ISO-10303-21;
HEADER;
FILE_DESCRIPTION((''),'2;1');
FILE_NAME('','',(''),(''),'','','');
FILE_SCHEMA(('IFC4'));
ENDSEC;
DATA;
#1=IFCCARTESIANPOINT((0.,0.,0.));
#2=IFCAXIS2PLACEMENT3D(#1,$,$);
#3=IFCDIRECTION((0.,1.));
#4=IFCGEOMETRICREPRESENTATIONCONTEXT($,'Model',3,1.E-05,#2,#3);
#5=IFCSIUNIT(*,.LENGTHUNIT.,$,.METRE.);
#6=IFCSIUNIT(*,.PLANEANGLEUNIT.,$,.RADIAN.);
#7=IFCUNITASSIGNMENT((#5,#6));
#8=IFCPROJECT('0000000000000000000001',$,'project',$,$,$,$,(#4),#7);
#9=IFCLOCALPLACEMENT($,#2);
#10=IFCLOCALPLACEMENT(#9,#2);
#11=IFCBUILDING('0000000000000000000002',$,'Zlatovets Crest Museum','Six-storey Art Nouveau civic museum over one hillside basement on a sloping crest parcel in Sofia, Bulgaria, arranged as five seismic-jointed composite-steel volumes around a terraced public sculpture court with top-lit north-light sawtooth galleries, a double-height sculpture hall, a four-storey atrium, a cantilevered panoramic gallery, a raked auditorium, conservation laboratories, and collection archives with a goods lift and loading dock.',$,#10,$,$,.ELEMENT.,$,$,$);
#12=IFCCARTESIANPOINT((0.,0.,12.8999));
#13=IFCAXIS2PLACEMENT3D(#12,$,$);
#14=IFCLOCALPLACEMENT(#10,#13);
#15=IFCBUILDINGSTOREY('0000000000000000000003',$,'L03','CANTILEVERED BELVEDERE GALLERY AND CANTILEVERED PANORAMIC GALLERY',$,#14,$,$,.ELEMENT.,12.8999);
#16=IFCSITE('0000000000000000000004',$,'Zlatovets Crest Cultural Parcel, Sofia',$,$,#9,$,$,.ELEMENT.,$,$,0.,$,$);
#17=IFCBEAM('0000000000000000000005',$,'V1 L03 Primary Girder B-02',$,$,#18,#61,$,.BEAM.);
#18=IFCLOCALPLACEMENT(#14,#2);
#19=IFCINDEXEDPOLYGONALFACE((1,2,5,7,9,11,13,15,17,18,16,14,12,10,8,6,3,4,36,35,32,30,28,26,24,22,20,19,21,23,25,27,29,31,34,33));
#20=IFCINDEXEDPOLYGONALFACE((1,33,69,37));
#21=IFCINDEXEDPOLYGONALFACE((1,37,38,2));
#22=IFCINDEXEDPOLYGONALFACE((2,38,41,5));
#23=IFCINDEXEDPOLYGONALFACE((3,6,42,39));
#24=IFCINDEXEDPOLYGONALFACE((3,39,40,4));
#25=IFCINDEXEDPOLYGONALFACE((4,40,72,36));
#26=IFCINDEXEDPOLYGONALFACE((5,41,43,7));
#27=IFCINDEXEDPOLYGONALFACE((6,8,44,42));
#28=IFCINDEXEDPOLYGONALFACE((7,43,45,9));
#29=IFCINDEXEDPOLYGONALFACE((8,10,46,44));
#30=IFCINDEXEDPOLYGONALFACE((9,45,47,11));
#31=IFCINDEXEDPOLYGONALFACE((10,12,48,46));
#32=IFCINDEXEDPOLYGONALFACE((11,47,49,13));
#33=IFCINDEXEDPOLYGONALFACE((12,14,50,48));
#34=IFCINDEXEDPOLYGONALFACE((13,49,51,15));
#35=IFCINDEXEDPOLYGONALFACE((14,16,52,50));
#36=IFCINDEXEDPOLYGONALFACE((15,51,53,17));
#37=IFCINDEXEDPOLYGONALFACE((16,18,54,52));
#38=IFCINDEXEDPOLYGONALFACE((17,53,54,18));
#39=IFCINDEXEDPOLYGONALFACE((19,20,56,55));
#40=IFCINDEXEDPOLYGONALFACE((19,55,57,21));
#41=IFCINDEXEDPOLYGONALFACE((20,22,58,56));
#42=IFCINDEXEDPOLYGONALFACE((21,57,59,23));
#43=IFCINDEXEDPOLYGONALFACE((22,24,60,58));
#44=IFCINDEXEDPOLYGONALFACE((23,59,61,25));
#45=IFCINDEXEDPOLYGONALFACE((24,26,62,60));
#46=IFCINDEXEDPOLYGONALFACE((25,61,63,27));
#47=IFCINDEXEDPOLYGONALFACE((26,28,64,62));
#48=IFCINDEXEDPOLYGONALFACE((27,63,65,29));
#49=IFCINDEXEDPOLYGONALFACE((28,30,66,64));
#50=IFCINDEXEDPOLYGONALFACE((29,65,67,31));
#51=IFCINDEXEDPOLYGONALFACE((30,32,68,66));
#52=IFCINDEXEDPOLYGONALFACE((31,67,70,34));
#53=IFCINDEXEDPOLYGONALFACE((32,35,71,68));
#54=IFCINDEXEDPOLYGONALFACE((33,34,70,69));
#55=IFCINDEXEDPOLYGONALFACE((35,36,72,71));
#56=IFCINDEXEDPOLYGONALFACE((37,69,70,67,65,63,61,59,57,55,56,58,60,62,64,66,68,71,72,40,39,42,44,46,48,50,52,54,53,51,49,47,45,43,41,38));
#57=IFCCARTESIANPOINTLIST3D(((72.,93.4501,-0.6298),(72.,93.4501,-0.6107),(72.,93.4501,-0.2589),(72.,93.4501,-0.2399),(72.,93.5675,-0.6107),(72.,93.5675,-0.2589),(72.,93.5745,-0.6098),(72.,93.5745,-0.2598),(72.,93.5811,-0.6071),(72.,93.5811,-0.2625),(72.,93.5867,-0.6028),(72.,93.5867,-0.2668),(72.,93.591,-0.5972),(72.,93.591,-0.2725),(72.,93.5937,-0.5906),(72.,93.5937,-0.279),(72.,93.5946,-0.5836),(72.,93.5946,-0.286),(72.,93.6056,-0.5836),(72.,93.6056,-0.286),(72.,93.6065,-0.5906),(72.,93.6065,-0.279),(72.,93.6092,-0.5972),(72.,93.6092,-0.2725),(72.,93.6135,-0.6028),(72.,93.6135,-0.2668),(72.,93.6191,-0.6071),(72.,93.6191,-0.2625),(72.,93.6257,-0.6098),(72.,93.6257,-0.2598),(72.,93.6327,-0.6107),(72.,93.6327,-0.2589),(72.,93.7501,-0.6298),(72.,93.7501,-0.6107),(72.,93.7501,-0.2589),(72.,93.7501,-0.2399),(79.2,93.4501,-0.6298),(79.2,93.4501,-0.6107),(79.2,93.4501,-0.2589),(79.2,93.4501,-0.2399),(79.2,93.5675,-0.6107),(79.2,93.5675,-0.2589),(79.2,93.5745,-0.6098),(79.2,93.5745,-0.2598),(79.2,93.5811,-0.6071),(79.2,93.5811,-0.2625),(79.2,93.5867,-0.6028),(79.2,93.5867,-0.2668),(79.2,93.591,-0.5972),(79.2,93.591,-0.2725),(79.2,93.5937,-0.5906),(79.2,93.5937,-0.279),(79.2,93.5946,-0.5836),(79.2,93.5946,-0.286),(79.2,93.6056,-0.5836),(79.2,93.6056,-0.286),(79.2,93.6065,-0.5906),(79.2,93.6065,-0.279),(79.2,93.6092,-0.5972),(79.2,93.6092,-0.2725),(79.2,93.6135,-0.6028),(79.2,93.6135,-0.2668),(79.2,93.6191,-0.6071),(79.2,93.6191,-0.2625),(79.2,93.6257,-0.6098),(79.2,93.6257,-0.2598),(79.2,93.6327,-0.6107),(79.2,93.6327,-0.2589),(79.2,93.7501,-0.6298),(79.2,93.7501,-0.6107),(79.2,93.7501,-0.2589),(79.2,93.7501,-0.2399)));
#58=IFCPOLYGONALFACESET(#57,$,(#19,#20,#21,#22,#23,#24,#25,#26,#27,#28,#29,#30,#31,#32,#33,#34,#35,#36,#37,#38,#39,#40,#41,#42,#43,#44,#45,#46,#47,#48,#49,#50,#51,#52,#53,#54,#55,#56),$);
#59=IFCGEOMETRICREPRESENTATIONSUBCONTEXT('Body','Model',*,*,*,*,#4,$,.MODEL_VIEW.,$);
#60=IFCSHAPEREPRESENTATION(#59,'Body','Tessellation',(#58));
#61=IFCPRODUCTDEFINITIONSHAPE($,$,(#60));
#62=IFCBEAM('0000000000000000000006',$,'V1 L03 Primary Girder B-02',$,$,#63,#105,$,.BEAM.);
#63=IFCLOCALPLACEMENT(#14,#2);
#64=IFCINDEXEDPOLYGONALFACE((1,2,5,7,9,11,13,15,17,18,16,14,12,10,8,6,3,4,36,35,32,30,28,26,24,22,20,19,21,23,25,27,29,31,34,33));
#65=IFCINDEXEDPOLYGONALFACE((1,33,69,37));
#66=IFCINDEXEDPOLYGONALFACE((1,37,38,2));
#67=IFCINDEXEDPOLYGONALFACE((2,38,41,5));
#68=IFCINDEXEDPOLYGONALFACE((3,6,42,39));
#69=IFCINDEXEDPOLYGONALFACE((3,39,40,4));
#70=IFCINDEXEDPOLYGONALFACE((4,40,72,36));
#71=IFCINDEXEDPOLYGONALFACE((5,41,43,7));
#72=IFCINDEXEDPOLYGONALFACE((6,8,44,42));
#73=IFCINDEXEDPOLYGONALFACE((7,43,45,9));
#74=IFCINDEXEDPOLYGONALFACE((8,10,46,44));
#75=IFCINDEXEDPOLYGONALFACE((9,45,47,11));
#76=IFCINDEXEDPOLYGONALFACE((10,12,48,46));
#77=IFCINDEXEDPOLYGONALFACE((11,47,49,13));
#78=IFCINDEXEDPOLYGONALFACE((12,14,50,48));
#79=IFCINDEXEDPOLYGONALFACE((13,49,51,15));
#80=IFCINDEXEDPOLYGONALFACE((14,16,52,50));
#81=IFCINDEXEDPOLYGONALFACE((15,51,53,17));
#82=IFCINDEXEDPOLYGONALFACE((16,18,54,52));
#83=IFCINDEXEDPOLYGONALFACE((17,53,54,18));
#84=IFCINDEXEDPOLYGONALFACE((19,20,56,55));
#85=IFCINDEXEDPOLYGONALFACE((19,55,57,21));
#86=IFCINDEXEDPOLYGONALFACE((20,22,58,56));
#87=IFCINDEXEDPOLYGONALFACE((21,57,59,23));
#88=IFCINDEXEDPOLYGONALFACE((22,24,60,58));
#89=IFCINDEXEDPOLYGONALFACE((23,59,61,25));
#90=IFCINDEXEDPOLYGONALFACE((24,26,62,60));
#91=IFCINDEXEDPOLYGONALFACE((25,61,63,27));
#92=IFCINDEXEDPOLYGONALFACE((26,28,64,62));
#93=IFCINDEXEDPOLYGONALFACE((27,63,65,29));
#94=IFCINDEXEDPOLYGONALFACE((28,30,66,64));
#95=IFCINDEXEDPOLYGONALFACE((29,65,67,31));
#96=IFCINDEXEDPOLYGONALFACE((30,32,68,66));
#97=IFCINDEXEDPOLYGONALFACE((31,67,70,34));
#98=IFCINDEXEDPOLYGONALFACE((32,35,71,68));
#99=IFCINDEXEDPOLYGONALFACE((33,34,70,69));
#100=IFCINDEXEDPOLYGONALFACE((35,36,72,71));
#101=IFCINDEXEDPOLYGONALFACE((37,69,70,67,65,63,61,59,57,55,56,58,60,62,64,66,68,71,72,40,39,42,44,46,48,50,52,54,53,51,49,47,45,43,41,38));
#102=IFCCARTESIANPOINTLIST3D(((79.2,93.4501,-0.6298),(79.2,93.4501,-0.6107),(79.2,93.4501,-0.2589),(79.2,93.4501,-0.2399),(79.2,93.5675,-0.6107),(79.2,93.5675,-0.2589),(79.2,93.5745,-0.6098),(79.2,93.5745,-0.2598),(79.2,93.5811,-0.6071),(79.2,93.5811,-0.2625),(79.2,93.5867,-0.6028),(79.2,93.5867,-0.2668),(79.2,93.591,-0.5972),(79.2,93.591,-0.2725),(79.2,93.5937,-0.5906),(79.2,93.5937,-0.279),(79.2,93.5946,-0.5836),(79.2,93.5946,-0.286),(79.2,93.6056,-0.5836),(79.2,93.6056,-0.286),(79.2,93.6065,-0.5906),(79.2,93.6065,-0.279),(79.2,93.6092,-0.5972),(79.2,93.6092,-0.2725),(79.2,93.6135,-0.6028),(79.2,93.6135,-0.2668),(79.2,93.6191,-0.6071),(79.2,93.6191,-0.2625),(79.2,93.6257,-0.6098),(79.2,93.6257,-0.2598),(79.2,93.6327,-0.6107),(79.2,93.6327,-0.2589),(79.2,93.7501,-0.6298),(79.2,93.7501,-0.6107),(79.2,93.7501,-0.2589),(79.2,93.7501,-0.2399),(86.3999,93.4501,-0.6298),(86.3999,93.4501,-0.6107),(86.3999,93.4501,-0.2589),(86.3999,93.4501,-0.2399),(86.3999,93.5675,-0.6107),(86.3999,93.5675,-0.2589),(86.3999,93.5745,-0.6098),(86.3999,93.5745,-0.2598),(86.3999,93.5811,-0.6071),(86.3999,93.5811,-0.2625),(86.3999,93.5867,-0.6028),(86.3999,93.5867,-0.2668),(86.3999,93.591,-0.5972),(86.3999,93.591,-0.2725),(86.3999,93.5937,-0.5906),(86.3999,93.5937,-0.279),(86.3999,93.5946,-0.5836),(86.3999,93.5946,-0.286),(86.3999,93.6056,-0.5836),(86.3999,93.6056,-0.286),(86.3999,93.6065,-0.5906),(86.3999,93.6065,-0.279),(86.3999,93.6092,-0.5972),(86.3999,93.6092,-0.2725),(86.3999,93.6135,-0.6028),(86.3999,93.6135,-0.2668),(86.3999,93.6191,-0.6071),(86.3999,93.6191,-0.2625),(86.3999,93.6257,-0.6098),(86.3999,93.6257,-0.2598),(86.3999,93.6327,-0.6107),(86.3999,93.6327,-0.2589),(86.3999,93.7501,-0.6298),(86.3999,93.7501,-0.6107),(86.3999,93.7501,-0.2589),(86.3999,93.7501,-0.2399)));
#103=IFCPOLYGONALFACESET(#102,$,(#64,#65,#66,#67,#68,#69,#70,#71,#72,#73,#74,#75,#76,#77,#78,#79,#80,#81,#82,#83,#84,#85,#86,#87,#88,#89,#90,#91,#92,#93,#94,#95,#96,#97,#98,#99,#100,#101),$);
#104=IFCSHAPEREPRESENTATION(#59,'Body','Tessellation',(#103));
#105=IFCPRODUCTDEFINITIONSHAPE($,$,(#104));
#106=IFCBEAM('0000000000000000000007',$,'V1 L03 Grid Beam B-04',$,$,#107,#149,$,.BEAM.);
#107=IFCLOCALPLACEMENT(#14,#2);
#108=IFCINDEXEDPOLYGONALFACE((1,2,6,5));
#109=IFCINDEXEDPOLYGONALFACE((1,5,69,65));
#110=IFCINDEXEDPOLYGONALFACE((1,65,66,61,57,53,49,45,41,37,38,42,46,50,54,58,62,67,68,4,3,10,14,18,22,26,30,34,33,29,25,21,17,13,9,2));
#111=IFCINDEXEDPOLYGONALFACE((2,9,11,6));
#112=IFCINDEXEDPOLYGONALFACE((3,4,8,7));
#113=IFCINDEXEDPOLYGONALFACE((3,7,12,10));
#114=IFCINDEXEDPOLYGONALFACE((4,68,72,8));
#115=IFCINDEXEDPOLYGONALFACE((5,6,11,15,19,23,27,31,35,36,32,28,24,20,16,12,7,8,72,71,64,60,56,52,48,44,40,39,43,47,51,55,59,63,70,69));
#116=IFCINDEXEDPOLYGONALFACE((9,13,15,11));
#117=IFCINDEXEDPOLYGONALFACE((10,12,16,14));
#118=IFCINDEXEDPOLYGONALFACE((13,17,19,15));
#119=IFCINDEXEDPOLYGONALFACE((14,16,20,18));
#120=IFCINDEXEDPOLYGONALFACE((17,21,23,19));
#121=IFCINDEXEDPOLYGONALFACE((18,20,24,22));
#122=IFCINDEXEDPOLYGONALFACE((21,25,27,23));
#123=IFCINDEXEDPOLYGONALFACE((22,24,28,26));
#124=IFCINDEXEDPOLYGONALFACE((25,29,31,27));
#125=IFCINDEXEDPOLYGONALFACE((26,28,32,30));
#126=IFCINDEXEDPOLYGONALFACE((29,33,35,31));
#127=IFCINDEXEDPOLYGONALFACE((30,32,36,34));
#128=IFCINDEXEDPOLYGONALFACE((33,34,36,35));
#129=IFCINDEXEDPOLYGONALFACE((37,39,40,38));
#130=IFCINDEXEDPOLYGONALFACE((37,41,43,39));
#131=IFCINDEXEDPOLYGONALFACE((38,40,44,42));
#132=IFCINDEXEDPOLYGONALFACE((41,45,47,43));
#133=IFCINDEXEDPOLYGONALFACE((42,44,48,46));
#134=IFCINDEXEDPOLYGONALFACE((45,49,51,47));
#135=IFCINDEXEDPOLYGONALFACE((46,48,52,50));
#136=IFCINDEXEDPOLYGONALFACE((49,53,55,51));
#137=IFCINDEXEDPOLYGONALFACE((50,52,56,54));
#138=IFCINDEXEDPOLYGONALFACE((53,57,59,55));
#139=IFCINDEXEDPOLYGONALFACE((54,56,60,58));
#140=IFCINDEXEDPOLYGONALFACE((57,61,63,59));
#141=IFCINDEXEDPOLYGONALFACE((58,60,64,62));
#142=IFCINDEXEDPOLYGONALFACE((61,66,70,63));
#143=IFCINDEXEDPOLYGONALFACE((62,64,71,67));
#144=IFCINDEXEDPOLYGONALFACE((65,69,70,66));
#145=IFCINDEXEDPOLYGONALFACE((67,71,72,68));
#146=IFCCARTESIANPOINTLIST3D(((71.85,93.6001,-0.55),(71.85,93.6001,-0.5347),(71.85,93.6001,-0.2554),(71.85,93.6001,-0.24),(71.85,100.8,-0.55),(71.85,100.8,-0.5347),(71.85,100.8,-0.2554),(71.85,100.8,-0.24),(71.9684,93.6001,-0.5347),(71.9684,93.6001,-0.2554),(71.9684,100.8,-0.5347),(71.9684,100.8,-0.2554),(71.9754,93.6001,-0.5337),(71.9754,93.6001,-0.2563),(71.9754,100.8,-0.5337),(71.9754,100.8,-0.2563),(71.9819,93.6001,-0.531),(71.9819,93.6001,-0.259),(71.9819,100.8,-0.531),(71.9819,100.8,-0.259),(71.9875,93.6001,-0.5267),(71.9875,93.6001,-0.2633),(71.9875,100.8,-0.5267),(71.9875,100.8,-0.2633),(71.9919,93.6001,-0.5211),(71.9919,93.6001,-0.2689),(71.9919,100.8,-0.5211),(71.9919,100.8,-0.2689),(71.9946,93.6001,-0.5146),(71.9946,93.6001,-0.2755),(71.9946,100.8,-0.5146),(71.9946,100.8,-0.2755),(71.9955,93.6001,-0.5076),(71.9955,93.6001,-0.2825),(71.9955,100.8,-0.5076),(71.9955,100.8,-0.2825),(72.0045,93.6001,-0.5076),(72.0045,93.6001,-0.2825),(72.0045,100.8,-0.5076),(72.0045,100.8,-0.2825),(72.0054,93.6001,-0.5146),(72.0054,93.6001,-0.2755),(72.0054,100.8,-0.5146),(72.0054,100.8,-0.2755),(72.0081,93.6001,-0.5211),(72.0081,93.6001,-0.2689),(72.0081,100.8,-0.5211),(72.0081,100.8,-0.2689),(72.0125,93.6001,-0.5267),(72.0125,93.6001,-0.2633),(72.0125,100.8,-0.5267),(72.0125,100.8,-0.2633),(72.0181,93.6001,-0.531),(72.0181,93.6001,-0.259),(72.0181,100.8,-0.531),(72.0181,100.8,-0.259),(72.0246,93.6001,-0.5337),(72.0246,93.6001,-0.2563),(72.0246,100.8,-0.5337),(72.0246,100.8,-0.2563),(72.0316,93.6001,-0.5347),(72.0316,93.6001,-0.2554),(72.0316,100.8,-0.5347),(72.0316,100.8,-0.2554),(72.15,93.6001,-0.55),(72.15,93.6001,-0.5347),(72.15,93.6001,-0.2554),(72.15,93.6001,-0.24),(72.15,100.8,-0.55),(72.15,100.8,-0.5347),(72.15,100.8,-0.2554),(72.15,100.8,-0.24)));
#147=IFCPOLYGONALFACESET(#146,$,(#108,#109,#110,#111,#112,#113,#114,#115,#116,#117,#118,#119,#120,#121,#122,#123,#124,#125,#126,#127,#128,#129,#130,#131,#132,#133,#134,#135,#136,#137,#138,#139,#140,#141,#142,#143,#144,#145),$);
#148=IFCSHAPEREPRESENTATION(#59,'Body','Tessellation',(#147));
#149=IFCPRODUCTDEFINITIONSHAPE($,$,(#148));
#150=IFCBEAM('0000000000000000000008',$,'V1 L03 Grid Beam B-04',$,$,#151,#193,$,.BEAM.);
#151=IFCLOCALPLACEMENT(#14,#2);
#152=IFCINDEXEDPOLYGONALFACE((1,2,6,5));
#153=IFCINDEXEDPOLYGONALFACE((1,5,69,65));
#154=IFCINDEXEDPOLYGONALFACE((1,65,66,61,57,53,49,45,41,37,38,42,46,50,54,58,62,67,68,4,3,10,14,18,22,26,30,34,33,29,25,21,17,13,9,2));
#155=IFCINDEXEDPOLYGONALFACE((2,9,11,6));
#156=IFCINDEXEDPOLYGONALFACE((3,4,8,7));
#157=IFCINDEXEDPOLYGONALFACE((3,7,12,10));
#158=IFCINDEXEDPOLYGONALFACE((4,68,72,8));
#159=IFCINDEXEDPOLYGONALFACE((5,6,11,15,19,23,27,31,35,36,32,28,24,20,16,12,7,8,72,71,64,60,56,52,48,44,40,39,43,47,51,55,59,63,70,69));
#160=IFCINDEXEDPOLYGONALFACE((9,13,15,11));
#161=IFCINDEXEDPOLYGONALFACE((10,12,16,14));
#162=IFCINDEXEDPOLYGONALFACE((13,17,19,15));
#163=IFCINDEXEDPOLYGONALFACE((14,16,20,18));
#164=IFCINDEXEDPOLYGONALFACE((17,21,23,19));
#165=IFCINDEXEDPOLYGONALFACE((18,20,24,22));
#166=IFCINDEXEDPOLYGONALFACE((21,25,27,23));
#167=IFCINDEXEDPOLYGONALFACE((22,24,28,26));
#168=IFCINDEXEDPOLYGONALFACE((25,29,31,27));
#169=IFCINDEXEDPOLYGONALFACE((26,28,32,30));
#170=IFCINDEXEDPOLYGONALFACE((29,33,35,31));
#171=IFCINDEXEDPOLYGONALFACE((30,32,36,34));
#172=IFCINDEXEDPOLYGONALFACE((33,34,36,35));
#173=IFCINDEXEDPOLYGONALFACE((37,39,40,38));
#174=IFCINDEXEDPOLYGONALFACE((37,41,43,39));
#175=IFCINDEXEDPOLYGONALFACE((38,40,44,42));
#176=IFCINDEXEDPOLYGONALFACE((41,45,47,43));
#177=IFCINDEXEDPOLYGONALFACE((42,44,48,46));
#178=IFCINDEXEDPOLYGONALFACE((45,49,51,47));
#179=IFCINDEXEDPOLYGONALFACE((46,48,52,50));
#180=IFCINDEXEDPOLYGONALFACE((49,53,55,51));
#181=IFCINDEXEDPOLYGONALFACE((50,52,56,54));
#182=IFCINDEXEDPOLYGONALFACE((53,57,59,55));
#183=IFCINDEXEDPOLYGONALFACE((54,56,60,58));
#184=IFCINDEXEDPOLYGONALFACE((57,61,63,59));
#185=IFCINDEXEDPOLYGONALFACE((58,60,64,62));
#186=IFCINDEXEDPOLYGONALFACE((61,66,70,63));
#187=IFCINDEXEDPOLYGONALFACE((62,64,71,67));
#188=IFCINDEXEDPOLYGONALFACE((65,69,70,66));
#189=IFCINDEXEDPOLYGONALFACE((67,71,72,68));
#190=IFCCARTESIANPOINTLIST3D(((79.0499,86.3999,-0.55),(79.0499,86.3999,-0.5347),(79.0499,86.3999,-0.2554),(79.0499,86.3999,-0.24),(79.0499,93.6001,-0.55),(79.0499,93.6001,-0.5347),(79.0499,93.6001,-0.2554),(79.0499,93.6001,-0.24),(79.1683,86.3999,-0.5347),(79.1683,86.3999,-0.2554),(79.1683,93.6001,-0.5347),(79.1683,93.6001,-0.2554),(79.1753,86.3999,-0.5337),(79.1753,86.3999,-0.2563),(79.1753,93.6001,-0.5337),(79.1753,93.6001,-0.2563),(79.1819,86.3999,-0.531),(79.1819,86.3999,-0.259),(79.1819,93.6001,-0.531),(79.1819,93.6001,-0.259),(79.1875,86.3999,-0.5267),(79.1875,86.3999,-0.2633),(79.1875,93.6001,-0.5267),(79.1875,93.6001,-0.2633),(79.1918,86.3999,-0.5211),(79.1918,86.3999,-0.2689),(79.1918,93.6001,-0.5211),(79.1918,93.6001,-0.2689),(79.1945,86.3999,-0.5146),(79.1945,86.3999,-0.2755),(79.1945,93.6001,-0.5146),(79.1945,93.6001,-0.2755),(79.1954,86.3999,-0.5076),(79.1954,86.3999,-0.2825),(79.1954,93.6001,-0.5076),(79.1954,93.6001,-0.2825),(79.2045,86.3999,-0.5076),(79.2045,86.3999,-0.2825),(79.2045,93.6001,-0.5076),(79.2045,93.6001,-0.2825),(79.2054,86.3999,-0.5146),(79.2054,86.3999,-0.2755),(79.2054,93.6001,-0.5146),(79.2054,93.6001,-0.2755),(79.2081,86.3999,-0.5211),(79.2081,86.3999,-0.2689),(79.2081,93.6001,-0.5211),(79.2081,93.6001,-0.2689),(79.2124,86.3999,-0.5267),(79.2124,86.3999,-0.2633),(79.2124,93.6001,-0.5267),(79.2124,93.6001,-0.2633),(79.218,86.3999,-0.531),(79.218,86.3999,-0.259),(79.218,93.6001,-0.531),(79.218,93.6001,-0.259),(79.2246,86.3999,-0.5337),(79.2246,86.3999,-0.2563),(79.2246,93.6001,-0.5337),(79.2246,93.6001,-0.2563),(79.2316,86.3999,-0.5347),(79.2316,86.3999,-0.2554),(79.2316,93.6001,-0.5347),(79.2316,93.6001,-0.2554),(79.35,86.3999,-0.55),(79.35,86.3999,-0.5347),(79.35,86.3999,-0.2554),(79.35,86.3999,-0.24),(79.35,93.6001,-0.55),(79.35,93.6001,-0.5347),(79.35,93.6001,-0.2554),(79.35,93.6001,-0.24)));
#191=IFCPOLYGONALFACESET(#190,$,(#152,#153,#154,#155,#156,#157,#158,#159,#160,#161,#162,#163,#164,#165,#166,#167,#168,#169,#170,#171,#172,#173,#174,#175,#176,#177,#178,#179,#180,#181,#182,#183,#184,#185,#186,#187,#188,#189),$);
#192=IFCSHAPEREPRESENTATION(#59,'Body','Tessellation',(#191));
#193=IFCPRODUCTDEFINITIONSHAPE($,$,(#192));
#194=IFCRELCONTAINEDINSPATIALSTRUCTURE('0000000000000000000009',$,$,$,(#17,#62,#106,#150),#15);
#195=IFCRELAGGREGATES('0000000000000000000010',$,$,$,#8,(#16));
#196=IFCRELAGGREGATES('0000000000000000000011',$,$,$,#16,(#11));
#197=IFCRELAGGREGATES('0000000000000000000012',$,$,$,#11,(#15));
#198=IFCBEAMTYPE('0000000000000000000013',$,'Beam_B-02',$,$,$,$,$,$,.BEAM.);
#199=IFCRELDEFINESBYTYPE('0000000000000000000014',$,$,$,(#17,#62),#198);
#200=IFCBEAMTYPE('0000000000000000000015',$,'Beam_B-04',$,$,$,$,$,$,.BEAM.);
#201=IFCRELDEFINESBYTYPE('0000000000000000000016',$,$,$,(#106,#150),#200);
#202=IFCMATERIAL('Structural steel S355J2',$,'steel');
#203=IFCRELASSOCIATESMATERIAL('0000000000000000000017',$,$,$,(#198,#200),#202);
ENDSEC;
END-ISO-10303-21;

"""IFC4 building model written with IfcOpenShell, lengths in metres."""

from ifc_helpers import new_model, si_unit, direction, frame, origin, origin_2d, place, context, subcontext, project, spatial, i_section, extrude, material, material_profile, profile_set, type_object, element, save


model = new_model("IFC4")

# Units and contexts
model_context = context("Model", 3, precision=1e-05, world=origin(), true_north=direction((0.0, 1.0)))
body_context = subcontext(model_context, "Body", "Model", "MODEL_VIEW")
ifc_project = project(units=[si_unit("LENGTHUNIT", "METRE"), si_unit("PLANEANGLEUNIT", "RADIAN")], contexts=[model_context])

# Site, building, storey
site_placement = place(None, origin())
site = spatial("IfcSite", under=ifc_project, at=site_placement, Name="Zlatovets Crest Cultural Parcel, Sofia", CompositionType="ELEMENT", RefElevation=0.0)
building_placement = place(site_placement, origin())
building = spatial("IfcBuilding", under=site, at=building_placement, Name="Zlatovets Crest Museum", Description="Six-storey Art Nouveau civic museum over one hillside basement on a sloping crest parcel in Sofia, Bulgaria, arranged as five seismic-jointed composite-steel volumes around a terraced public sculpture court with top-lit north-light sawtooth galleries, a double-height sculpture hall, a four-storey atrium, a cantilevered panoramic gallery, a raked auditorium, conservation laboratories, and collection archives with a goods lift and loading dock.", CompositionType="ELEMENT")
storey_placement = place(building_placement, frame((0.0, 0.0, 12.8999)))
storey = spatial("IfcBuildingStorey", under=building, at=storey_placement, Name="L03", Description="CANTILEVERED BELVEDERE GALLERY AND CANTILEVERED PANORAMIC GALLERY", CompositionType="ELEMENT", Elevation=12.8999)

# Shared definitions
ifc_material_1 = material(Name="Structural steel S355J2", Category="steel")

# Beams
ifc_material_profile_1 = material_profile(ifc_material_1, i_section(OverallWidth=0.3, OverallDepth=0.3899, WebThickness=0.011, FlangeThickness=0.019, FilletRadius=0.0271, at=origin_2d()), Name="HEA 400")
ifc_profile_set_1 = profile_set([ifc_material_profile_1], Name="Structural steel S355J2")
beam_type_1 = type_object("IfcBeamType", Name="Beam_B-02", PredefinedType="BEAM", material=ifc_profile_set_1)
for number, where, z_axis, x_axis, name in (
    (1, (72.0, 93.6001, -0.4348), (1.0, 0.0, 0.0), (0.0, 1.0, 0.0), "V1 L03 Primary Girder B-02"),
    (2, (79.2, 93.6001, -0.4348), (1.0, 0.0, 0.0), (0.0, 1.0, 0.0), "V1 L03 Primary Girder B-02"),
):
    element("IfcBeam", number, at=place(storey_placement, frame(where, z_axis=z_axis, x_axis=x_axis)), inside=storey, type_object=beam_type_1, Name=name, PredefinedType="BEAM", context=body_context, shape_type="SweptSolid", body=[
        extrude(i_section(OverallWidth=0.3, OverallDepth=0.3899, WebThickness=0.011, FlangeThickness=0.019, FilletRadius=0.0271, at=origin_2d()), origin(), (0.0, 0.0, 1.0), 7.2),
    ])
ifc_material_profile_2 = material_profile(ifc_material_1, i_section(OverallWidth=0.3, OverallDepth=0.3101, WebThickness=0.009, FlangeThickness=0.0154, FilletRadius=0.0271, at=origin_2d()), Name="HEA 320")
ifc_profile_set_2 = profile_set([ifc_material_profile_2], Name="Structural steel S355J2")
beam_type_2 = type_object("IfcBeamType", Name="Beam_B-04", PredefinedType="BEAM", material=ifc_profile_set_2)
beam_1_placement = place(storey_placement, frame((72.0, 93.6001, -0.395), z_axis=(0.0, 1.0, 0.0), x_axis=(-1.0, 0.0, 0.0)))
element("IfcBeam", 3, at=beam_1_placement, inside=storey, type_object=beam_type_2, Name="V1 L03 Grid Beam B-04", PredefinedType="BEAM", context=body_context, shape_type="SweptSolid", body=[
    extrude(i_section(OverallWidth=0.3, OverallDepth=0.3101, WebThickness=0.009, FlangeThickness=0.0154, FilletRadius=0.0271, at=origin_2d()), origin(), (0.0, 0.0, 1.0), 7.2),
])
beam_2_placement = place(storey_placement, frame((79.2, 86.3999, -0.395), z_axis=(0.0, 1.0, 0.0), x_axis=(-1.0, 0.0, 0.0)))
element("IfcBeam", 4, at=beam_2_placement, inside=storey, type_object=beam_type_2, Name="V1 L03 Grid Beam B-04", PredefinedType="BEAM", context=body_context, shape_type="SweptSolid", body=[
    extrude(i_section(OverallWidth=0.3, OverallDepth=0.3101, WebThickness=0.009, FlangeThickness=0.0154, FilletRadius=0.0271, at=origin_2d()), origin(), (0.0, 0.0, 1.0), 7.2002),
])

save(model, "model.ifc")
